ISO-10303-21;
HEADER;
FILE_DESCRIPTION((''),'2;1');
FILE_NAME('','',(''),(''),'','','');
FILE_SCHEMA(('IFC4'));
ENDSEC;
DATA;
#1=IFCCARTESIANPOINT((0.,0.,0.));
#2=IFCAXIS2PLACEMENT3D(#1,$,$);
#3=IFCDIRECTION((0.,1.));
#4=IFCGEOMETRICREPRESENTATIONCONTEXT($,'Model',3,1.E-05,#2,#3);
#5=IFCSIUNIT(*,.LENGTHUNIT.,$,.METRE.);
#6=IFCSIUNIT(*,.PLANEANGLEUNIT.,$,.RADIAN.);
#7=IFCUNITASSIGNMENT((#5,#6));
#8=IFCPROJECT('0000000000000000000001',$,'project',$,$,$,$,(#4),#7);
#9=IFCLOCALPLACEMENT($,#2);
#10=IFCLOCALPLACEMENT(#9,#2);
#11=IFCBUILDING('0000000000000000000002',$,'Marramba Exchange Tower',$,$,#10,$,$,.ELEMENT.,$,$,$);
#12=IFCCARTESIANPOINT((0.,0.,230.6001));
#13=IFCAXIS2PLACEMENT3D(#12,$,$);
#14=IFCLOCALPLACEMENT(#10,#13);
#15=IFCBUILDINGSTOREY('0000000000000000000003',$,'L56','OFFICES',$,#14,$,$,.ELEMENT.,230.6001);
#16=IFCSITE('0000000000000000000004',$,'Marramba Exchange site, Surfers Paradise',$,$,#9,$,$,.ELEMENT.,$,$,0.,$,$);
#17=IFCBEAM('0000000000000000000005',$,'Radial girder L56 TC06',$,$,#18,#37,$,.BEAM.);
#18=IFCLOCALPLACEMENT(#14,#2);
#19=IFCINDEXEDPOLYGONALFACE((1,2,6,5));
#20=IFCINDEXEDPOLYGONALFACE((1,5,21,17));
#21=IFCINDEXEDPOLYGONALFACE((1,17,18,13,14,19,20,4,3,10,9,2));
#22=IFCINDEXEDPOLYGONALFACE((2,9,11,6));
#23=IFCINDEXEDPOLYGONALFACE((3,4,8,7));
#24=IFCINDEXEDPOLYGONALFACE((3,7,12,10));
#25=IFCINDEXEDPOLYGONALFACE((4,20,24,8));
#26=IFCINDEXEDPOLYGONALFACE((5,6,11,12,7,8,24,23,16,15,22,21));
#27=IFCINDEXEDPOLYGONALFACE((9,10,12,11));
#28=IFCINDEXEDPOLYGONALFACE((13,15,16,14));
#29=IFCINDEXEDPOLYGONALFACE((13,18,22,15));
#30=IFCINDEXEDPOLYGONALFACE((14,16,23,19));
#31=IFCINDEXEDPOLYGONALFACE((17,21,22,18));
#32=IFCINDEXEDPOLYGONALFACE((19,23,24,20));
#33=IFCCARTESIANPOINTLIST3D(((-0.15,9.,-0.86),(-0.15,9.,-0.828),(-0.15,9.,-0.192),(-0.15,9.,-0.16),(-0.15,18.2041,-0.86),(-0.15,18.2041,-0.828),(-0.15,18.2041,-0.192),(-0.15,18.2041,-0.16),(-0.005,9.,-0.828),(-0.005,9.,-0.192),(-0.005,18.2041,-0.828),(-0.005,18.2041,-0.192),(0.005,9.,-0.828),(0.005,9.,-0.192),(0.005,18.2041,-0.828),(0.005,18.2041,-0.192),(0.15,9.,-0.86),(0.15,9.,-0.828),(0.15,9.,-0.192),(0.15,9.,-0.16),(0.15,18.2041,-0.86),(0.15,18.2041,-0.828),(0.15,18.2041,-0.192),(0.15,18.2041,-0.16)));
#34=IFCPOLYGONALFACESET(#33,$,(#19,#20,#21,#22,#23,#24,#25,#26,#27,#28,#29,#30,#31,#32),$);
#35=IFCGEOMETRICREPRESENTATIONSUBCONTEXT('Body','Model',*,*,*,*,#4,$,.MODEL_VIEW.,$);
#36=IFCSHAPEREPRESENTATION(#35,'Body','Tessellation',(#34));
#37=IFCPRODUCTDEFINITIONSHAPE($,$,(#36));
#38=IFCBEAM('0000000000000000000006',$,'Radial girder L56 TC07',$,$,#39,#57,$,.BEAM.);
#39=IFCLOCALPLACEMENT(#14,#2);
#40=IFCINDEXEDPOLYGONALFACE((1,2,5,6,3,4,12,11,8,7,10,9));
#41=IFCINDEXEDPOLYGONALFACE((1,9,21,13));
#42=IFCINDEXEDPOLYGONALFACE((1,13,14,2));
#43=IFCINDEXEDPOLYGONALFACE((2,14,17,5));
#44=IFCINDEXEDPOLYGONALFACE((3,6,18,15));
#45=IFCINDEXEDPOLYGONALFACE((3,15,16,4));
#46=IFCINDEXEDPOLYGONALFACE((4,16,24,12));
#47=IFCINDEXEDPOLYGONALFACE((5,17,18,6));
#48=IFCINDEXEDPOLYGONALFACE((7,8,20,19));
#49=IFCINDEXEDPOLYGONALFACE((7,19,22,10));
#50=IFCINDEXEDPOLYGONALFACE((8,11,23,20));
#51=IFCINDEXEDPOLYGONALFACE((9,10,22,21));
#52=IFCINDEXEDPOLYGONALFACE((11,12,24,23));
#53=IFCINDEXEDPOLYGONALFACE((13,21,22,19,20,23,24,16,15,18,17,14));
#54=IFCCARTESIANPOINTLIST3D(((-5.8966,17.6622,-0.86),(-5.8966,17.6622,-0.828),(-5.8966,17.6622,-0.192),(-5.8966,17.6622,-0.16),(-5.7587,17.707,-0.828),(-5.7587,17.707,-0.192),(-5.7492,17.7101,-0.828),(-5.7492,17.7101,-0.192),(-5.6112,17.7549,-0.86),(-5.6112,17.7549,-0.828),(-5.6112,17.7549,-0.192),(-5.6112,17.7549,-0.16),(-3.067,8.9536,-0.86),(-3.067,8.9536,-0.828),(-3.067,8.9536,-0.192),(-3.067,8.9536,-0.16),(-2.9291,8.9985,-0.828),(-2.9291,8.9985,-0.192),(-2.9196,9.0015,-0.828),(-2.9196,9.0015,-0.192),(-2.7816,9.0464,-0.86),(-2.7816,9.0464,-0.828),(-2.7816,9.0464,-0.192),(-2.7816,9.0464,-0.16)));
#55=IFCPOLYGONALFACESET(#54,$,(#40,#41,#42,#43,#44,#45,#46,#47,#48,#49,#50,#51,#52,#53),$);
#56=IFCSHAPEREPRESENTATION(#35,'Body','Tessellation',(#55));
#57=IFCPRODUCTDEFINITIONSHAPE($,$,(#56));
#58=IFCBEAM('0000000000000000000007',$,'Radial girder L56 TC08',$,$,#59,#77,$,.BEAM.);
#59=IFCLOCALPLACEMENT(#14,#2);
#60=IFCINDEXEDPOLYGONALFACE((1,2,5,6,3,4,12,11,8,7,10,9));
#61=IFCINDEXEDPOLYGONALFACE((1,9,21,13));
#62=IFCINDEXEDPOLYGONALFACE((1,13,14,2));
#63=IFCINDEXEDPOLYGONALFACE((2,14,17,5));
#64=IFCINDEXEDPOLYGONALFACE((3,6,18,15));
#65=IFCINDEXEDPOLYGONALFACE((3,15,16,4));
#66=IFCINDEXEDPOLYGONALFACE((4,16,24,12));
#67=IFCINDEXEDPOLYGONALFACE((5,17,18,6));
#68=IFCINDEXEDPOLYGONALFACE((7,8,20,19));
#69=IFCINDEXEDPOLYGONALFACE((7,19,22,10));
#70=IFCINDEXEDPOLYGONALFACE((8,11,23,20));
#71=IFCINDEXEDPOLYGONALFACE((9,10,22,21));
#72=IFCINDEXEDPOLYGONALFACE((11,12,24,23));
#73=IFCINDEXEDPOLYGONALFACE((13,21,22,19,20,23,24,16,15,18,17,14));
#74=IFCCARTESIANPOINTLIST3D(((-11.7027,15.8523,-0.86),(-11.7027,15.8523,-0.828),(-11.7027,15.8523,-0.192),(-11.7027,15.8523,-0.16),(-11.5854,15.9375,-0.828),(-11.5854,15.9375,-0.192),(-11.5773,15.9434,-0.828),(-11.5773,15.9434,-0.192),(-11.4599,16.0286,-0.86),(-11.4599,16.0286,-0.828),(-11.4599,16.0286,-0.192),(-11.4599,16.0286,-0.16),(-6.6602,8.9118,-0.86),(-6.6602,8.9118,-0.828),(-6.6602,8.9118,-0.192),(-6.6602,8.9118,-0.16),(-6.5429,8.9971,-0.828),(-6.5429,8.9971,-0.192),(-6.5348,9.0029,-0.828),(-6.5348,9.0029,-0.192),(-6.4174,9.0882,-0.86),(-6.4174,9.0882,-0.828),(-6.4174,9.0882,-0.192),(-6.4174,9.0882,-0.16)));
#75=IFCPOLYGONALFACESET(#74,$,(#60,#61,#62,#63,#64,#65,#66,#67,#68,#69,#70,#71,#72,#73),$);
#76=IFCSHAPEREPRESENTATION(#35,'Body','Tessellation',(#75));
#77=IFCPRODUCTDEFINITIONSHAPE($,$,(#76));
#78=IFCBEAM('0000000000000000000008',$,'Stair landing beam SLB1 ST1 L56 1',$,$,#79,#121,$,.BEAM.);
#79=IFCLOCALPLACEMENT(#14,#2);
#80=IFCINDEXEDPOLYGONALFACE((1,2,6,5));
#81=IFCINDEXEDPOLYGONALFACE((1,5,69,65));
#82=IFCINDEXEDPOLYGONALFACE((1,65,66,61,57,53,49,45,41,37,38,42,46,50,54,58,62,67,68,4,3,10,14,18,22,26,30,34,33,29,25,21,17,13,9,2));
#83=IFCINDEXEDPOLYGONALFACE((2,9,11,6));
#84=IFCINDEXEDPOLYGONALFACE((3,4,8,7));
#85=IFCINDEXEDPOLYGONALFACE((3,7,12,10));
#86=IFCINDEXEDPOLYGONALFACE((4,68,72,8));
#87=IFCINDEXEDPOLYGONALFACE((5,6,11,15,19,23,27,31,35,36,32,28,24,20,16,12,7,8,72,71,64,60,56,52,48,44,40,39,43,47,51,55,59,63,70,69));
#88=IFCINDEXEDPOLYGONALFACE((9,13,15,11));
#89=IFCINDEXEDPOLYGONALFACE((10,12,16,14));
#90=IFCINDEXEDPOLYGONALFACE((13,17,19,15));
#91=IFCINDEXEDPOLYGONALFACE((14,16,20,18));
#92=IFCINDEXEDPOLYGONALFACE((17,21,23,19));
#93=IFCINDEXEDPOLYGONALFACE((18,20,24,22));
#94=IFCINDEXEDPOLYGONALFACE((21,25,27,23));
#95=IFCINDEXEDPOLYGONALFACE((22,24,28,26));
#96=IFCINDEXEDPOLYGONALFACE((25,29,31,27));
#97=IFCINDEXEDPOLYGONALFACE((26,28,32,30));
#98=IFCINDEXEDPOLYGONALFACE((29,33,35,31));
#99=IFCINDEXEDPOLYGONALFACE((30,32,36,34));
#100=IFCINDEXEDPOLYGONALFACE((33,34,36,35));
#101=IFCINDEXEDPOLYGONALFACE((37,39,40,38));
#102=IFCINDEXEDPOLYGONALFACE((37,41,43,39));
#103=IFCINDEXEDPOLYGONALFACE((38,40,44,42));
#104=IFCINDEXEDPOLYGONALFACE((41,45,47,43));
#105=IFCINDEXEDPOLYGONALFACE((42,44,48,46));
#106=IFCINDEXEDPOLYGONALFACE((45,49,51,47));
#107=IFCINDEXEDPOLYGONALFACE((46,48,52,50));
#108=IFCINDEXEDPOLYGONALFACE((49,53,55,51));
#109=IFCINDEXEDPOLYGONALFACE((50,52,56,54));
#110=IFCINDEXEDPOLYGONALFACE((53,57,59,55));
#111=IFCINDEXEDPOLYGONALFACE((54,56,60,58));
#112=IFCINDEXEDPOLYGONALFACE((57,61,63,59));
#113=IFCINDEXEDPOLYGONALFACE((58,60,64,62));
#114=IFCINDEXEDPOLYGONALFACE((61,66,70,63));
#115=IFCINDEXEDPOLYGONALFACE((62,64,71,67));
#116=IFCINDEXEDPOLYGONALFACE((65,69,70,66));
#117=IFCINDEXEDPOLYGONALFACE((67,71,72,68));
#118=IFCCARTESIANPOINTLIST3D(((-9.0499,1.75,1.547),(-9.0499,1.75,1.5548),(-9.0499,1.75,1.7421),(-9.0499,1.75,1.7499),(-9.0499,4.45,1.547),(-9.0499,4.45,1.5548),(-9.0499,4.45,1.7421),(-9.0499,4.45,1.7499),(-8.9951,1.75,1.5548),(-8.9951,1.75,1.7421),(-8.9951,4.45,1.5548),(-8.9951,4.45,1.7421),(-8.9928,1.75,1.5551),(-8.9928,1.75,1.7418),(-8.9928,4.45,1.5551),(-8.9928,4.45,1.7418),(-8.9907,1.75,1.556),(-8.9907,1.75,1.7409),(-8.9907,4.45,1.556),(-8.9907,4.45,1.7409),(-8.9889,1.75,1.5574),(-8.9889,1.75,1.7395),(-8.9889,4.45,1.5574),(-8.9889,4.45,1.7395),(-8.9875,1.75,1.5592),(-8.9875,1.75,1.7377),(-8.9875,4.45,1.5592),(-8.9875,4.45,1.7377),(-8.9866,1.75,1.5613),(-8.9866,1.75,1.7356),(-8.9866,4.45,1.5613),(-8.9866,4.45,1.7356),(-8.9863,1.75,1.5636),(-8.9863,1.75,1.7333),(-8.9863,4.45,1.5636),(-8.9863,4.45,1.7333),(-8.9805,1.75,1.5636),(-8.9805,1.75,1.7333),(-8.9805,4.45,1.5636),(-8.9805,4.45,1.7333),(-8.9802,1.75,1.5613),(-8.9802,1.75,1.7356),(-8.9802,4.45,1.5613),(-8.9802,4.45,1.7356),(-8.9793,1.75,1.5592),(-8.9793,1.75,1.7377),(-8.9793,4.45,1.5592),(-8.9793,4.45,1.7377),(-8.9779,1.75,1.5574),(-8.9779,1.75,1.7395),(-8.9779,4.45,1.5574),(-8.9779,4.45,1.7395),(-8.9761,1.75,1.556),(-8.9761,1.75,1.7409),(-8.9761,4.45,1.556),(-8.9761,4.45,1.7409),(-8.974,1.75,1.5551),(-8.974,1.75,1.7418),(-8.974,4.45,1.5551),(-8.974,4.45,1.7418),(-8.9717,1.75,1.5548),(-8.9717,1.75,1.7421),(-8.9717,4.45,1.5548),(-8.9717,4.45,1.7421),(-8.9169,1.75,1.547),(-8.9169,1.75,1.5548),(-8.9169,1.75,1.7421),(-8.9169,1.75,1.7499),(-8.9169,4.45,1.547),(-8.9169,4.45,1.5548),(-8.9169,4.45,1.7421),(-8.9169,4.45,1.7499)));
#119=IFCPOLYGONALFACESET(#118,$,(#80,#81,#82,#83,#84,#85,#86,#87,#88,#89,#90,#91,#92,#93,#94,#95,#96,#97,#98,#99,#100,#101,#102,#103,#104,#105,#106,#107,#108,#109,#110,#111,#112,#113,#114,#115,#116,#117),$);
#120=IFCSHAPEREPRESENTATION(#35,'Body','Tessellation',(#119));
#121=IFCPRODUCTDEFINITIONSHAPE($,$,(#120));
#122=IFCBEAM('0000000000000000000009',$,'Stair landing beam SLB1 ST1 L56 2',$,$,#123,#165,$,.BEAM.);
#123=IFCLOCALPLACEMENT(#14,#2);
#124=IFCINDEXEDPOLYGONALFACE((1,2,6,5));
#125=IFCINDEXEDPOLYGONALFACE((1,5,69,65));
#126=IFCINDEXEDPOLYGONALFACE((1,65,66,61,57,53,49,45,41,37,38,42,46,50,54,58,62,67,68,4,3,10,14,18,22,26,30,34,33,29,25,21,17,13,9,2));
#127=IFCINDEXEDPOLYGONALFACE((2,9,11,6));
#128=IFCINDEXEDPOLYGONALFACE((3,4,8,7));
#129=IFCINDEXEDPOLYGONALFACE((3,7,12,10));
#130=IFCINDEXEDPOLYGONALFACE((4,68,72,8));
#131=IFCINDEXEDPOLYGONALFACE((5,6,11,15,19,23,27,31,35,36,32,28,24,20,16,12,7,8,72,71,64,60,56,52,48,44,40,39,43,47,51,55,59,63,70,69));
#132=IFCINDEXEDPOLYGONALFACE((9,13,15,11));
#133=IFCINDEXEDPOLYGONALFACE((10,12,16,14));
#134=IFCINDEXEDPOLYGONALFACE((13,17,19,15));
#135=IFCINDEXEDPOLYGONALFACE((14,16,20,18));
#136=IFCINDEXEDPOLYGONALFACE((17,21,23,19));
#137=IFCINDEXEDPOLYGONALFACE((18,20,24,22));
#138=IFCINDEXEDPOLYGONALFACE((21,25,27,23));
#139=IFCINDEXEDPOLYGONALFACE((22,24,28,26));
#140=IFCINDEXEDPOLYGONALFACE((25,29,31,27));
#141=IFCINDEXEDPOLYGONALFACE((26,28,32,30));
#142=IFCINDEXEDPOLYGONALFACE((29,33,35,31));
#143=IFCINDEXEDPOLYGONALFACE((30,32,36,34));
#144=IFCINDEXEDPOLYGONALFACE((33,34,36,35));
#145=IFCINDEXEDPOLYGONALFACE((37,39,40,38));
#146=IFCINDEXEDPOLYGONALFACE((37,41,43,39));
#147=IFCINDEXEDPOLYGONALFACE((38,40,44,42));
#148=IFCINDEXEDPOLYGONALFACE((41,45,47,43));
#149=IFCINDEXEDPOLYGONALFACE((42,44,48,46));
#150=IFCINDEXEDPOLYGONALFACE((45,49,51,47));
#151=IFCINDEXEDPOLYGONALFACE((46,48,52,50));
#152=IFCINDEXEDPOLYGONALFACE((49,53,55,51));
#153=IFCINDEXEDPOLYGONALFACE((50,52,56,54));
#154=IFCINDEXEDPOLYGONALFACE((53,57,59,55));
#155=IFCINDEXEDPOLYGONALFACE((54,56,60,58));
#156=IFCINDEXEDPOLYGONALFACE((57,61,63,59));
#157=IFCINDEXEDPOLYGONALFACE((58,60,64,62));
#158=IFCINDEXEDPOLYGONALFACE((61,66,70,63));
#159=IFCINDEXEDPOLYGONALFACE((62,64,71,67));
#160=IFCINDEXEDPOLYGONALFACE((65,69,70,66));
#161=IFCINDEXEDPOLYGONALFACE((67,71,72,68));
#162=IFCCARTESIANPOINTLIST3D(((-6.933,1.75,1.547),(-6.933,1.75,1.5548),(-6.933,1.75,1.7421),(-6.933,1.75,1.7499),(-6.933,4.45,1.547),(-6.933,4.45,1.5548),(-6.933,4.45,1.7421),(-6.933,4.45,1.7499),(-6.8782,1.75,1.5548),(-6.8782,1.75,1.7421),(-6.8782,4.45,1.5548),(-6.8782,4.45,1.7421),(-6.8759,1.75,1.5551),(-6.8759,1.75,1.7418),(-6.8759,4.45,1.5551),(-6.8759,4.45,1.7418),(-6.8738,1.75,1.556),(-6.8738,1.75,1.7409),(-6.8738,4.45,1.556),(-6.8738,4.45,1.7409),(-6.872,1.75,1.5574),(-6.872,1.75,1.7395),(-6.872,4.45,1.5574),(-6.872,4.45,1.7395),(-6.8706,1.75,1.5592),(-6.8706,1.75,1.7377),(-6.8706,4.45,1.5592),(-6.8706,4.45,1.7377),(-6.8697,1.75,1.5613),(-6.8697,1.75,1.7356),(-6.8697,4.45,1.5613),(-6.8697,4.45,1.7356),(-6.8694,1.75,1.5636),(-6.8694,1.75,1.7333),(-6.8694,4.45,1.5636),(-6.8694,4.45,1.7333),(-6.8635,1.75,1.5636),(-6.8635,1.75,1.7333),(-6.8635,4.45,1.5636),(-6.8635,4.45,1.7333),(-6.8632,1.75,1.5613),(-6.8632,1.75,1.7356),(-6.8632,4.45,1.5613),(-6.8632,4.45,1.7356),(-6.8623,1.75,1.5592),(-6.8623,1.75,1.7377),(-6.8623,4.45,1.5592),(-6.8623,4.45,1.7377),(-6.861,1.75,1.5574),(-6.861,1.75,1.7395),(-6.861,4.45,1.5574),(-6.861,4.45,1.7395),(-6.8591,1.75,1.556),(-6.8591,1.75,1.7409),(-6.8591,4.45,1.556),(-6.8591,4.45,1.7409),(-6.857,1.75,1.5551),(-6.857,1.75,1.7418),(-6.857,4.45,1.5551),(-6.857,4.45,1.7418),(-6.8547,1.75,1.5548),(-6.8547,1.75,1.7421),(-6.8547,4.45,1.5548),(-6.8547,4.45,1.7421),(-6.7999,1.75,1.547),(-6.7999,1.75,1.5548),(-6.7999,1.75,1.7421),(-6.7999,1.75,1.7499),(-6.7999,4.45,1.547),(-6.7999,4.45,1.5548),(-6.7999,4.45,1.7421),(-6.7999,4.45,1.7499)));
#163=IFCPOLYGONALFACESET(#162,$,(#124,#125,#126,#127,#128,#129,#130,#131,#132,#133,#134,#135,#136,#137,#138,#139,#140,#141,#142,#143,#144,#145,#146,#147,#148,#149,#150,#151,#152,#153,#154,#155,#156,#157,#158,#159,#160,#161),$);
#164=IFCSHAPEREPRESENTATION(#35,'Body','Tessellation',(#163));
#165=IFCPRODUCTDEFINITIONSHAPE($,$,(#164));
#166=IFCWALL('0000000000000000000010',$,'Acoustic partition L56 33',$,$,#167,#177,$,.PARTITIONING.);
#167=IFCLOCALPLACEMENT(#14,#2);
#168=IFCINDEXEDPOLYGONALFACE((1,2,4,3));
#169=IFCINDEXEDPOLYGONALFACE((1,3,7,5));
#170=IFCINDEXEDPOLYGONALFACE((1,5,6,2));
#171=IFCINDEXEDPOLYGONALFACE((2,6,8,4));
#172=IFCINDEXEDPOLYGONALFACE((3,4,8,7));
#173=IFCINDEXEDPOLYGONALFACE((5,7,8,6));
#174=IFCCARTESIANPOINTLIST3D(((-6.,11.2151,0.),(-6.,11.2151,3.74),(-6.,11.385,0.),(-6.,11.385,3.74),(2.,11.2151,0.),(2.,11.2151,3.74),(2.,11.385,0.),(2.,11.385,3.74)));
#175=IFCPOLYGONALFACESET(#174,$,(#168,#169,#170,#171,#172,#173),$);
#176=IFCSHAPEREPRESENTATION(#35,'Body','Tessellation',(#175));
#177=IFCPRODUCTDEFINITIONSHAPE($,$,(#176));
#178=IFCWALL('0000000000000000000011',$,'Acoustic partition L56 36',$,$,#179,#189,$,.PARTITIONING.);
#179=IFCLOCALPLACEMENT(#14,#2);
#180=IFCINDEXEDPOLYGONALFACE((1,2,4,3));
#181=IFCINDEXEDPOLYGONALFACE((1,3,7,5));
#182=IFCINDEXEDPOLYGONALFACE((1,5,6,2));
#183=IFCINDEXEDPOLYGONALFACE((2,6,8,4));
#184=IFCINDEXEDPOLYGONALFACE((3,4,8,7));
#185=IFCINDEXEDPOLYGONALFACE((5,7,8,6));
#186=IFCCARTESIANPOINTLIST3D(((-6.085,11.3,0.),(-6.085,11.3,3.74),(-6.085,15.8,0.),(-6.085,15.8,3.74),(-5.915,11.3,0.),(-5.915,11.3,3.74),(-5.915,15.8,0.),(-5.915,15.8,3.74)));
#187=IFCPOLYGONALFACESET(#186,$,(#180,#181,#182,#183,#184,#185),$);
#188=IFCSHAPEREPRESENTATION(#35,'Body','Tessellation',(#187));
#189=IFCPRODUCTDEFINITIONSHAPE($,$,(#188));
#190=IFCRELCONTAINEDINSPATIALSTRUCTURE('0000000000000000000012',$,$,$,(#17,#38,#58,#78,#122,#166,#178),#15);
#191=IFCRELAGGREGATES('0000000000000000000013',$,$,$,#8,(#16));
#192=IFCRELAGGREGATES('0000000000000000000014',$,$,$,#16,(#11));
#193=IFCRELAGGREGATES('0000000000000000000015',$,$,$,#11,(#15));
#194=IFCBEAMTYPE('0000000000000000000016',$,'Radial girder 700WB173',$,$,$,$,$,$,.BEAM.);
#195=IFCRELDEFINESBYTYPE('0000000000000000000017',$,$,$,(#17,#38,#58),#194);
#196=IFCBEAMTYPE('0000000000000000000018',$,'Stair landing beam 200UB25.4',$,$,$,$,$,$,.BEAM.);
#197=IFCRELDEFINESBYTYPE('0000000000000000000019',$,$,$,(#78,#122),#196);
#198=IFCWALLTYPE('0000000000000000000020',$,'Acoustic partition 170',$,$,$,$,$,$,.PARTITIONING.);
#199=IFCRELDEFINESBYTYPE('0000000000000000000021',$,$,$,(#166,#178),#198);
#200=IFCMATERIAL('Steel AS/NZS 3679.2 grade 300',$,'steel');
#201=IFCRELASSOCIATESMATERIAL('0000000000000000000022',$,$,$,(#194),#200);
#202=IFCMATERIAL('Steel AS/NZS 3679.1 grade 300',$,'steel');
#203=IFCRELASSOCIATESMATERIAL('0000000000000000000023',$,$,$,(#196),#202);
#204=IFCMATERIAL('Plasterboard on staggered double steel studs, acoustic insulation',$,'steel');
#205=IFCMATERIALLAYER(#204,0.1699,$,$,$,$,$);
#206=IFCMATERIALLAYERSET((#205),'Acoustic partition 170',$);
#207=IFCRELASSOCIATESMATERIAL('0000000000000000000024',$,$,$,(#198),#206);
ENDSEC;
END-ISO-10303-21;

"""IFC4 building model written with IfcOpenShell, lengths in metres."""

from ifc_helpers import new_model, si_unit, direction, frame, frame_2d, origin, origin_2d, place, context, subcontext, project, spatial, rectangle, i_section, extrude, material, layer, layer_set, material_profile, profile_set, type_object, element, save


model = new_model("IFC4")

# Units and contexts
model_context = context("Model", 3, precision=1e-05, world=origin(), true_north=direction((0.0, 1.0)))
body_context = subcontext(model_context, "Body", "Model", "MODEL_VIEW")
ifc_project = project(units=[si_unit("LENGTHUNIT", "METRE"), si_unit("PLANEANGLEUNIT", "RADIAN")], contexts=[model_context])

# Site, building, storey
site_placement = place(None, origin())
site = spatial("IfcSite", under=ifc_project, at=site_placement, Name="Marramba Exchange site, Surfers Paradise", CompositionType="ELEMENT", RefElevation=0.0)
building_placement = place(site_placement, origin())
building = spatial("IfcBuilding", under=site, at=building_placement, Name="Marramba Exchange Tower", CompositionType="ELEMENT")
storey_placement = place(building_placement, frame((0.0, 0.0, 230.6001)))
storey = spatial("IfcBuildingStorey", under=building, at=storey_placement, Name="L56", Description="OFFICES", CompositionType="ELEMENT", Elevation=230.6001)

# Beams
ifc_material_1 = material(Name="Steel AS/NZS 3679.1 grade 300", Category="steel")
ifc_material_2 = material(Name="Steel AS/NZS 3679.2 grade 300", Category="steel")
ifc_material_profile_1 = material_profile(ifc_material_2, i_section(OverallWidth=0.3, OverallDepth=0.7, WebThickness=0.01, FlangeThickness=0.032, at=origin_2d()), Name="700WB173")
ifc_profile_set_1 = profile_set([ifc_material_profile_1], Name="Steel AS/NZS 3679.2 grade 300")
beam_type_1 = type_object("IfcBeamType", Name="Radial girder 700WB173", PredefinedType="BEAM", material=ifc_profile_set_1)
beam_1_placement = place(storey_placement, frame((0.0, 9.0, -0.51), z_axis=(0.0, 1.0, 0.0), x_axis=(-1.0, 0.0, 0.0)))
element("IfcBeam", 1, at=beam_1_placement, inside=storey, type_object=beam_type_1, Name="Radial girder L56 TC06", PredefinedType="BEAM", context=body_context, shape_type="SweptSolid", body=[
    extrude(i_section(OverallWidth=0.3, OverallDepth=0.7, WebThickness=0.01, FlangeThickness=0.032, at=origin_2d()), origin(), (0.0, 0.0, 1.0), 9.2041),
])
beam_2_placement = place(storey_placement, frame((-2.9243, 9.0, -0.51), z_axis=(-0.30902, 0.951056, 0.0), x_axis=(-0.951056, -0.30902, 0.0)))
element("IfcBeam", 2, at=beam_2_placement, inside=storey, type_object=beam_type_1, Name="Radial girder L56 TC07", PredefinedType="BEAM", context=body_context, shape_type="SweptSolid", body=[
    extrude(i_section(OverallWidth=0.3, OverallDepth=0.7, WebThickness=0.01, FlangeThickness=0.032, at=origin_2d()), origin(), (0.0, 0.0, 1.0), 9.1567),
])
beam_3_placement = place(storey_placement, frame((-6.5388, 9.0, -0.51), z_axis=(-0.587782, 0.809019, 0.0), x_axis=(-0.809019, -0.587782, 0.0)))
element("IfcBeam", 3, at=beam_3_placement, inside=storey, type_object=beam_type_1, Name="Radial girder L56 TC08", PredefinedType="BEAM", context=body_context, shape_type="SweptSolid", body=[
    extrude(i_section(OverallWidth=0.3, OverallDepth=0.7, WebThickness=0.01, FlangeThickness=0.032, at=origin_2d()), origin(), (0.0, 0.0, 1.0), 8.5789),
])
ifc_material_profile_2 = material_profile(ifc_material_1, i_section(OverallWidth=0.1331, OverallDepth=0.2029, WebThickness=0.0059, FlangeThickness=0.0078, FilletRadius=0.0088, at=origin_2d()), Name="200UB25.4")
ifc_profile_set_2 = profile_set([ifc_material_profile_2], Name="Steel AS/NZS 3679.1 grade 300")
beam_type_2 = type_object("IfcBeamType", Name="Stair landing beam 200UB25.4", PredefinedType="BEAM", material=ifc_profile_set_2)
for number, where, z_axis, x_axis, name in (
    (4, (-8.9834, 1.75, 1.6484), (0.0, 1.0, 0.0), (-1.0, 0.0, 0.0), "Stair landing beam SLB1 ST1 L56 1"),
    (5, (-6.8665, 1.75, 1.6484), (0.0, 1.0, 0.0), (-1.0, 0.0, 0.0), "Stair landing beam SLB1 ST1 L56 2"),
):
    element("IfcBeam", number, at=place(storey_placement, frame(where, z_axis=z_axis, x_axis=x_axis)), inside=storey, type_object=beam_type_2, Name=name, PredefinedType="BEAM", context=body_context, shape_type="SweptSolid", body=[
        extrude(i_section(OverallWidth=0.1331, OverallDepth=0.2029, WebThickness=0.0059, FlangeThickness=0.0078, FilletRadius=0.0088, at=origin_2d()), origin(), (0.0, 0.0, 1.0), 2.7),
    ])

# Walls
ifc_material_3 = material(Name="Plasterboard on staggered double steel studs, acoustic insulation", Category="steel")
ifc_layer_1 = layer(ifc_material_3, 0.1699)
ifc_layer_set_1 = layer_set([ifc_layer_1], Name="Acoustic partition 170")
wall_type_1 = type_object("IfcWallType", Name="Acoustic partition 170", PredefinedType="PARTITIONING", material=ifc_layer_set_1)
wall_1_placement = place(storey_placement, frame((-6.0, 11.3, 0.0), z_axis=(0.0, 0.0, 1.0), x_axis=(1.0, 0.0, 0.0)))
element("IfcWall", 6, at=wall_1_placement, inside=storey, type_object=wall_type_1, Name="Acoustic partition L56 33", PredefinedType="PARTITIONING", context=body_context, shape_type="SweptSolid", body=[
    extrude(rectangle(XDim=8.0, YDim=0.1699, at=frame_2d((4.0, 0.0))), origin(), (0.0, 0.0, 1.0), 3.74),
])
wall_2_placement = place(storey_placement, frame((-6.0, 15.8, 0.0), z_axis=(0.0, 0.0, 1.0), x_axis=(0.0, -1.0, 0.0)))
element("IfcWall", 7, at=wall_2_placement, inside=storey, type_object=wall_type_1, Name="Acoustic partition L56 36", PredefinedType="PARTITIONING", context=body_context, shape_type="SweptSolid", body=[
    extrude(rectangle(XDim=4.5, YDim=0.1699, at=frame_2d((2.25, 0.0))), origin(), (0.0, 0.0, 1.0), 3.74),
])

save(model, "model.ifc")
